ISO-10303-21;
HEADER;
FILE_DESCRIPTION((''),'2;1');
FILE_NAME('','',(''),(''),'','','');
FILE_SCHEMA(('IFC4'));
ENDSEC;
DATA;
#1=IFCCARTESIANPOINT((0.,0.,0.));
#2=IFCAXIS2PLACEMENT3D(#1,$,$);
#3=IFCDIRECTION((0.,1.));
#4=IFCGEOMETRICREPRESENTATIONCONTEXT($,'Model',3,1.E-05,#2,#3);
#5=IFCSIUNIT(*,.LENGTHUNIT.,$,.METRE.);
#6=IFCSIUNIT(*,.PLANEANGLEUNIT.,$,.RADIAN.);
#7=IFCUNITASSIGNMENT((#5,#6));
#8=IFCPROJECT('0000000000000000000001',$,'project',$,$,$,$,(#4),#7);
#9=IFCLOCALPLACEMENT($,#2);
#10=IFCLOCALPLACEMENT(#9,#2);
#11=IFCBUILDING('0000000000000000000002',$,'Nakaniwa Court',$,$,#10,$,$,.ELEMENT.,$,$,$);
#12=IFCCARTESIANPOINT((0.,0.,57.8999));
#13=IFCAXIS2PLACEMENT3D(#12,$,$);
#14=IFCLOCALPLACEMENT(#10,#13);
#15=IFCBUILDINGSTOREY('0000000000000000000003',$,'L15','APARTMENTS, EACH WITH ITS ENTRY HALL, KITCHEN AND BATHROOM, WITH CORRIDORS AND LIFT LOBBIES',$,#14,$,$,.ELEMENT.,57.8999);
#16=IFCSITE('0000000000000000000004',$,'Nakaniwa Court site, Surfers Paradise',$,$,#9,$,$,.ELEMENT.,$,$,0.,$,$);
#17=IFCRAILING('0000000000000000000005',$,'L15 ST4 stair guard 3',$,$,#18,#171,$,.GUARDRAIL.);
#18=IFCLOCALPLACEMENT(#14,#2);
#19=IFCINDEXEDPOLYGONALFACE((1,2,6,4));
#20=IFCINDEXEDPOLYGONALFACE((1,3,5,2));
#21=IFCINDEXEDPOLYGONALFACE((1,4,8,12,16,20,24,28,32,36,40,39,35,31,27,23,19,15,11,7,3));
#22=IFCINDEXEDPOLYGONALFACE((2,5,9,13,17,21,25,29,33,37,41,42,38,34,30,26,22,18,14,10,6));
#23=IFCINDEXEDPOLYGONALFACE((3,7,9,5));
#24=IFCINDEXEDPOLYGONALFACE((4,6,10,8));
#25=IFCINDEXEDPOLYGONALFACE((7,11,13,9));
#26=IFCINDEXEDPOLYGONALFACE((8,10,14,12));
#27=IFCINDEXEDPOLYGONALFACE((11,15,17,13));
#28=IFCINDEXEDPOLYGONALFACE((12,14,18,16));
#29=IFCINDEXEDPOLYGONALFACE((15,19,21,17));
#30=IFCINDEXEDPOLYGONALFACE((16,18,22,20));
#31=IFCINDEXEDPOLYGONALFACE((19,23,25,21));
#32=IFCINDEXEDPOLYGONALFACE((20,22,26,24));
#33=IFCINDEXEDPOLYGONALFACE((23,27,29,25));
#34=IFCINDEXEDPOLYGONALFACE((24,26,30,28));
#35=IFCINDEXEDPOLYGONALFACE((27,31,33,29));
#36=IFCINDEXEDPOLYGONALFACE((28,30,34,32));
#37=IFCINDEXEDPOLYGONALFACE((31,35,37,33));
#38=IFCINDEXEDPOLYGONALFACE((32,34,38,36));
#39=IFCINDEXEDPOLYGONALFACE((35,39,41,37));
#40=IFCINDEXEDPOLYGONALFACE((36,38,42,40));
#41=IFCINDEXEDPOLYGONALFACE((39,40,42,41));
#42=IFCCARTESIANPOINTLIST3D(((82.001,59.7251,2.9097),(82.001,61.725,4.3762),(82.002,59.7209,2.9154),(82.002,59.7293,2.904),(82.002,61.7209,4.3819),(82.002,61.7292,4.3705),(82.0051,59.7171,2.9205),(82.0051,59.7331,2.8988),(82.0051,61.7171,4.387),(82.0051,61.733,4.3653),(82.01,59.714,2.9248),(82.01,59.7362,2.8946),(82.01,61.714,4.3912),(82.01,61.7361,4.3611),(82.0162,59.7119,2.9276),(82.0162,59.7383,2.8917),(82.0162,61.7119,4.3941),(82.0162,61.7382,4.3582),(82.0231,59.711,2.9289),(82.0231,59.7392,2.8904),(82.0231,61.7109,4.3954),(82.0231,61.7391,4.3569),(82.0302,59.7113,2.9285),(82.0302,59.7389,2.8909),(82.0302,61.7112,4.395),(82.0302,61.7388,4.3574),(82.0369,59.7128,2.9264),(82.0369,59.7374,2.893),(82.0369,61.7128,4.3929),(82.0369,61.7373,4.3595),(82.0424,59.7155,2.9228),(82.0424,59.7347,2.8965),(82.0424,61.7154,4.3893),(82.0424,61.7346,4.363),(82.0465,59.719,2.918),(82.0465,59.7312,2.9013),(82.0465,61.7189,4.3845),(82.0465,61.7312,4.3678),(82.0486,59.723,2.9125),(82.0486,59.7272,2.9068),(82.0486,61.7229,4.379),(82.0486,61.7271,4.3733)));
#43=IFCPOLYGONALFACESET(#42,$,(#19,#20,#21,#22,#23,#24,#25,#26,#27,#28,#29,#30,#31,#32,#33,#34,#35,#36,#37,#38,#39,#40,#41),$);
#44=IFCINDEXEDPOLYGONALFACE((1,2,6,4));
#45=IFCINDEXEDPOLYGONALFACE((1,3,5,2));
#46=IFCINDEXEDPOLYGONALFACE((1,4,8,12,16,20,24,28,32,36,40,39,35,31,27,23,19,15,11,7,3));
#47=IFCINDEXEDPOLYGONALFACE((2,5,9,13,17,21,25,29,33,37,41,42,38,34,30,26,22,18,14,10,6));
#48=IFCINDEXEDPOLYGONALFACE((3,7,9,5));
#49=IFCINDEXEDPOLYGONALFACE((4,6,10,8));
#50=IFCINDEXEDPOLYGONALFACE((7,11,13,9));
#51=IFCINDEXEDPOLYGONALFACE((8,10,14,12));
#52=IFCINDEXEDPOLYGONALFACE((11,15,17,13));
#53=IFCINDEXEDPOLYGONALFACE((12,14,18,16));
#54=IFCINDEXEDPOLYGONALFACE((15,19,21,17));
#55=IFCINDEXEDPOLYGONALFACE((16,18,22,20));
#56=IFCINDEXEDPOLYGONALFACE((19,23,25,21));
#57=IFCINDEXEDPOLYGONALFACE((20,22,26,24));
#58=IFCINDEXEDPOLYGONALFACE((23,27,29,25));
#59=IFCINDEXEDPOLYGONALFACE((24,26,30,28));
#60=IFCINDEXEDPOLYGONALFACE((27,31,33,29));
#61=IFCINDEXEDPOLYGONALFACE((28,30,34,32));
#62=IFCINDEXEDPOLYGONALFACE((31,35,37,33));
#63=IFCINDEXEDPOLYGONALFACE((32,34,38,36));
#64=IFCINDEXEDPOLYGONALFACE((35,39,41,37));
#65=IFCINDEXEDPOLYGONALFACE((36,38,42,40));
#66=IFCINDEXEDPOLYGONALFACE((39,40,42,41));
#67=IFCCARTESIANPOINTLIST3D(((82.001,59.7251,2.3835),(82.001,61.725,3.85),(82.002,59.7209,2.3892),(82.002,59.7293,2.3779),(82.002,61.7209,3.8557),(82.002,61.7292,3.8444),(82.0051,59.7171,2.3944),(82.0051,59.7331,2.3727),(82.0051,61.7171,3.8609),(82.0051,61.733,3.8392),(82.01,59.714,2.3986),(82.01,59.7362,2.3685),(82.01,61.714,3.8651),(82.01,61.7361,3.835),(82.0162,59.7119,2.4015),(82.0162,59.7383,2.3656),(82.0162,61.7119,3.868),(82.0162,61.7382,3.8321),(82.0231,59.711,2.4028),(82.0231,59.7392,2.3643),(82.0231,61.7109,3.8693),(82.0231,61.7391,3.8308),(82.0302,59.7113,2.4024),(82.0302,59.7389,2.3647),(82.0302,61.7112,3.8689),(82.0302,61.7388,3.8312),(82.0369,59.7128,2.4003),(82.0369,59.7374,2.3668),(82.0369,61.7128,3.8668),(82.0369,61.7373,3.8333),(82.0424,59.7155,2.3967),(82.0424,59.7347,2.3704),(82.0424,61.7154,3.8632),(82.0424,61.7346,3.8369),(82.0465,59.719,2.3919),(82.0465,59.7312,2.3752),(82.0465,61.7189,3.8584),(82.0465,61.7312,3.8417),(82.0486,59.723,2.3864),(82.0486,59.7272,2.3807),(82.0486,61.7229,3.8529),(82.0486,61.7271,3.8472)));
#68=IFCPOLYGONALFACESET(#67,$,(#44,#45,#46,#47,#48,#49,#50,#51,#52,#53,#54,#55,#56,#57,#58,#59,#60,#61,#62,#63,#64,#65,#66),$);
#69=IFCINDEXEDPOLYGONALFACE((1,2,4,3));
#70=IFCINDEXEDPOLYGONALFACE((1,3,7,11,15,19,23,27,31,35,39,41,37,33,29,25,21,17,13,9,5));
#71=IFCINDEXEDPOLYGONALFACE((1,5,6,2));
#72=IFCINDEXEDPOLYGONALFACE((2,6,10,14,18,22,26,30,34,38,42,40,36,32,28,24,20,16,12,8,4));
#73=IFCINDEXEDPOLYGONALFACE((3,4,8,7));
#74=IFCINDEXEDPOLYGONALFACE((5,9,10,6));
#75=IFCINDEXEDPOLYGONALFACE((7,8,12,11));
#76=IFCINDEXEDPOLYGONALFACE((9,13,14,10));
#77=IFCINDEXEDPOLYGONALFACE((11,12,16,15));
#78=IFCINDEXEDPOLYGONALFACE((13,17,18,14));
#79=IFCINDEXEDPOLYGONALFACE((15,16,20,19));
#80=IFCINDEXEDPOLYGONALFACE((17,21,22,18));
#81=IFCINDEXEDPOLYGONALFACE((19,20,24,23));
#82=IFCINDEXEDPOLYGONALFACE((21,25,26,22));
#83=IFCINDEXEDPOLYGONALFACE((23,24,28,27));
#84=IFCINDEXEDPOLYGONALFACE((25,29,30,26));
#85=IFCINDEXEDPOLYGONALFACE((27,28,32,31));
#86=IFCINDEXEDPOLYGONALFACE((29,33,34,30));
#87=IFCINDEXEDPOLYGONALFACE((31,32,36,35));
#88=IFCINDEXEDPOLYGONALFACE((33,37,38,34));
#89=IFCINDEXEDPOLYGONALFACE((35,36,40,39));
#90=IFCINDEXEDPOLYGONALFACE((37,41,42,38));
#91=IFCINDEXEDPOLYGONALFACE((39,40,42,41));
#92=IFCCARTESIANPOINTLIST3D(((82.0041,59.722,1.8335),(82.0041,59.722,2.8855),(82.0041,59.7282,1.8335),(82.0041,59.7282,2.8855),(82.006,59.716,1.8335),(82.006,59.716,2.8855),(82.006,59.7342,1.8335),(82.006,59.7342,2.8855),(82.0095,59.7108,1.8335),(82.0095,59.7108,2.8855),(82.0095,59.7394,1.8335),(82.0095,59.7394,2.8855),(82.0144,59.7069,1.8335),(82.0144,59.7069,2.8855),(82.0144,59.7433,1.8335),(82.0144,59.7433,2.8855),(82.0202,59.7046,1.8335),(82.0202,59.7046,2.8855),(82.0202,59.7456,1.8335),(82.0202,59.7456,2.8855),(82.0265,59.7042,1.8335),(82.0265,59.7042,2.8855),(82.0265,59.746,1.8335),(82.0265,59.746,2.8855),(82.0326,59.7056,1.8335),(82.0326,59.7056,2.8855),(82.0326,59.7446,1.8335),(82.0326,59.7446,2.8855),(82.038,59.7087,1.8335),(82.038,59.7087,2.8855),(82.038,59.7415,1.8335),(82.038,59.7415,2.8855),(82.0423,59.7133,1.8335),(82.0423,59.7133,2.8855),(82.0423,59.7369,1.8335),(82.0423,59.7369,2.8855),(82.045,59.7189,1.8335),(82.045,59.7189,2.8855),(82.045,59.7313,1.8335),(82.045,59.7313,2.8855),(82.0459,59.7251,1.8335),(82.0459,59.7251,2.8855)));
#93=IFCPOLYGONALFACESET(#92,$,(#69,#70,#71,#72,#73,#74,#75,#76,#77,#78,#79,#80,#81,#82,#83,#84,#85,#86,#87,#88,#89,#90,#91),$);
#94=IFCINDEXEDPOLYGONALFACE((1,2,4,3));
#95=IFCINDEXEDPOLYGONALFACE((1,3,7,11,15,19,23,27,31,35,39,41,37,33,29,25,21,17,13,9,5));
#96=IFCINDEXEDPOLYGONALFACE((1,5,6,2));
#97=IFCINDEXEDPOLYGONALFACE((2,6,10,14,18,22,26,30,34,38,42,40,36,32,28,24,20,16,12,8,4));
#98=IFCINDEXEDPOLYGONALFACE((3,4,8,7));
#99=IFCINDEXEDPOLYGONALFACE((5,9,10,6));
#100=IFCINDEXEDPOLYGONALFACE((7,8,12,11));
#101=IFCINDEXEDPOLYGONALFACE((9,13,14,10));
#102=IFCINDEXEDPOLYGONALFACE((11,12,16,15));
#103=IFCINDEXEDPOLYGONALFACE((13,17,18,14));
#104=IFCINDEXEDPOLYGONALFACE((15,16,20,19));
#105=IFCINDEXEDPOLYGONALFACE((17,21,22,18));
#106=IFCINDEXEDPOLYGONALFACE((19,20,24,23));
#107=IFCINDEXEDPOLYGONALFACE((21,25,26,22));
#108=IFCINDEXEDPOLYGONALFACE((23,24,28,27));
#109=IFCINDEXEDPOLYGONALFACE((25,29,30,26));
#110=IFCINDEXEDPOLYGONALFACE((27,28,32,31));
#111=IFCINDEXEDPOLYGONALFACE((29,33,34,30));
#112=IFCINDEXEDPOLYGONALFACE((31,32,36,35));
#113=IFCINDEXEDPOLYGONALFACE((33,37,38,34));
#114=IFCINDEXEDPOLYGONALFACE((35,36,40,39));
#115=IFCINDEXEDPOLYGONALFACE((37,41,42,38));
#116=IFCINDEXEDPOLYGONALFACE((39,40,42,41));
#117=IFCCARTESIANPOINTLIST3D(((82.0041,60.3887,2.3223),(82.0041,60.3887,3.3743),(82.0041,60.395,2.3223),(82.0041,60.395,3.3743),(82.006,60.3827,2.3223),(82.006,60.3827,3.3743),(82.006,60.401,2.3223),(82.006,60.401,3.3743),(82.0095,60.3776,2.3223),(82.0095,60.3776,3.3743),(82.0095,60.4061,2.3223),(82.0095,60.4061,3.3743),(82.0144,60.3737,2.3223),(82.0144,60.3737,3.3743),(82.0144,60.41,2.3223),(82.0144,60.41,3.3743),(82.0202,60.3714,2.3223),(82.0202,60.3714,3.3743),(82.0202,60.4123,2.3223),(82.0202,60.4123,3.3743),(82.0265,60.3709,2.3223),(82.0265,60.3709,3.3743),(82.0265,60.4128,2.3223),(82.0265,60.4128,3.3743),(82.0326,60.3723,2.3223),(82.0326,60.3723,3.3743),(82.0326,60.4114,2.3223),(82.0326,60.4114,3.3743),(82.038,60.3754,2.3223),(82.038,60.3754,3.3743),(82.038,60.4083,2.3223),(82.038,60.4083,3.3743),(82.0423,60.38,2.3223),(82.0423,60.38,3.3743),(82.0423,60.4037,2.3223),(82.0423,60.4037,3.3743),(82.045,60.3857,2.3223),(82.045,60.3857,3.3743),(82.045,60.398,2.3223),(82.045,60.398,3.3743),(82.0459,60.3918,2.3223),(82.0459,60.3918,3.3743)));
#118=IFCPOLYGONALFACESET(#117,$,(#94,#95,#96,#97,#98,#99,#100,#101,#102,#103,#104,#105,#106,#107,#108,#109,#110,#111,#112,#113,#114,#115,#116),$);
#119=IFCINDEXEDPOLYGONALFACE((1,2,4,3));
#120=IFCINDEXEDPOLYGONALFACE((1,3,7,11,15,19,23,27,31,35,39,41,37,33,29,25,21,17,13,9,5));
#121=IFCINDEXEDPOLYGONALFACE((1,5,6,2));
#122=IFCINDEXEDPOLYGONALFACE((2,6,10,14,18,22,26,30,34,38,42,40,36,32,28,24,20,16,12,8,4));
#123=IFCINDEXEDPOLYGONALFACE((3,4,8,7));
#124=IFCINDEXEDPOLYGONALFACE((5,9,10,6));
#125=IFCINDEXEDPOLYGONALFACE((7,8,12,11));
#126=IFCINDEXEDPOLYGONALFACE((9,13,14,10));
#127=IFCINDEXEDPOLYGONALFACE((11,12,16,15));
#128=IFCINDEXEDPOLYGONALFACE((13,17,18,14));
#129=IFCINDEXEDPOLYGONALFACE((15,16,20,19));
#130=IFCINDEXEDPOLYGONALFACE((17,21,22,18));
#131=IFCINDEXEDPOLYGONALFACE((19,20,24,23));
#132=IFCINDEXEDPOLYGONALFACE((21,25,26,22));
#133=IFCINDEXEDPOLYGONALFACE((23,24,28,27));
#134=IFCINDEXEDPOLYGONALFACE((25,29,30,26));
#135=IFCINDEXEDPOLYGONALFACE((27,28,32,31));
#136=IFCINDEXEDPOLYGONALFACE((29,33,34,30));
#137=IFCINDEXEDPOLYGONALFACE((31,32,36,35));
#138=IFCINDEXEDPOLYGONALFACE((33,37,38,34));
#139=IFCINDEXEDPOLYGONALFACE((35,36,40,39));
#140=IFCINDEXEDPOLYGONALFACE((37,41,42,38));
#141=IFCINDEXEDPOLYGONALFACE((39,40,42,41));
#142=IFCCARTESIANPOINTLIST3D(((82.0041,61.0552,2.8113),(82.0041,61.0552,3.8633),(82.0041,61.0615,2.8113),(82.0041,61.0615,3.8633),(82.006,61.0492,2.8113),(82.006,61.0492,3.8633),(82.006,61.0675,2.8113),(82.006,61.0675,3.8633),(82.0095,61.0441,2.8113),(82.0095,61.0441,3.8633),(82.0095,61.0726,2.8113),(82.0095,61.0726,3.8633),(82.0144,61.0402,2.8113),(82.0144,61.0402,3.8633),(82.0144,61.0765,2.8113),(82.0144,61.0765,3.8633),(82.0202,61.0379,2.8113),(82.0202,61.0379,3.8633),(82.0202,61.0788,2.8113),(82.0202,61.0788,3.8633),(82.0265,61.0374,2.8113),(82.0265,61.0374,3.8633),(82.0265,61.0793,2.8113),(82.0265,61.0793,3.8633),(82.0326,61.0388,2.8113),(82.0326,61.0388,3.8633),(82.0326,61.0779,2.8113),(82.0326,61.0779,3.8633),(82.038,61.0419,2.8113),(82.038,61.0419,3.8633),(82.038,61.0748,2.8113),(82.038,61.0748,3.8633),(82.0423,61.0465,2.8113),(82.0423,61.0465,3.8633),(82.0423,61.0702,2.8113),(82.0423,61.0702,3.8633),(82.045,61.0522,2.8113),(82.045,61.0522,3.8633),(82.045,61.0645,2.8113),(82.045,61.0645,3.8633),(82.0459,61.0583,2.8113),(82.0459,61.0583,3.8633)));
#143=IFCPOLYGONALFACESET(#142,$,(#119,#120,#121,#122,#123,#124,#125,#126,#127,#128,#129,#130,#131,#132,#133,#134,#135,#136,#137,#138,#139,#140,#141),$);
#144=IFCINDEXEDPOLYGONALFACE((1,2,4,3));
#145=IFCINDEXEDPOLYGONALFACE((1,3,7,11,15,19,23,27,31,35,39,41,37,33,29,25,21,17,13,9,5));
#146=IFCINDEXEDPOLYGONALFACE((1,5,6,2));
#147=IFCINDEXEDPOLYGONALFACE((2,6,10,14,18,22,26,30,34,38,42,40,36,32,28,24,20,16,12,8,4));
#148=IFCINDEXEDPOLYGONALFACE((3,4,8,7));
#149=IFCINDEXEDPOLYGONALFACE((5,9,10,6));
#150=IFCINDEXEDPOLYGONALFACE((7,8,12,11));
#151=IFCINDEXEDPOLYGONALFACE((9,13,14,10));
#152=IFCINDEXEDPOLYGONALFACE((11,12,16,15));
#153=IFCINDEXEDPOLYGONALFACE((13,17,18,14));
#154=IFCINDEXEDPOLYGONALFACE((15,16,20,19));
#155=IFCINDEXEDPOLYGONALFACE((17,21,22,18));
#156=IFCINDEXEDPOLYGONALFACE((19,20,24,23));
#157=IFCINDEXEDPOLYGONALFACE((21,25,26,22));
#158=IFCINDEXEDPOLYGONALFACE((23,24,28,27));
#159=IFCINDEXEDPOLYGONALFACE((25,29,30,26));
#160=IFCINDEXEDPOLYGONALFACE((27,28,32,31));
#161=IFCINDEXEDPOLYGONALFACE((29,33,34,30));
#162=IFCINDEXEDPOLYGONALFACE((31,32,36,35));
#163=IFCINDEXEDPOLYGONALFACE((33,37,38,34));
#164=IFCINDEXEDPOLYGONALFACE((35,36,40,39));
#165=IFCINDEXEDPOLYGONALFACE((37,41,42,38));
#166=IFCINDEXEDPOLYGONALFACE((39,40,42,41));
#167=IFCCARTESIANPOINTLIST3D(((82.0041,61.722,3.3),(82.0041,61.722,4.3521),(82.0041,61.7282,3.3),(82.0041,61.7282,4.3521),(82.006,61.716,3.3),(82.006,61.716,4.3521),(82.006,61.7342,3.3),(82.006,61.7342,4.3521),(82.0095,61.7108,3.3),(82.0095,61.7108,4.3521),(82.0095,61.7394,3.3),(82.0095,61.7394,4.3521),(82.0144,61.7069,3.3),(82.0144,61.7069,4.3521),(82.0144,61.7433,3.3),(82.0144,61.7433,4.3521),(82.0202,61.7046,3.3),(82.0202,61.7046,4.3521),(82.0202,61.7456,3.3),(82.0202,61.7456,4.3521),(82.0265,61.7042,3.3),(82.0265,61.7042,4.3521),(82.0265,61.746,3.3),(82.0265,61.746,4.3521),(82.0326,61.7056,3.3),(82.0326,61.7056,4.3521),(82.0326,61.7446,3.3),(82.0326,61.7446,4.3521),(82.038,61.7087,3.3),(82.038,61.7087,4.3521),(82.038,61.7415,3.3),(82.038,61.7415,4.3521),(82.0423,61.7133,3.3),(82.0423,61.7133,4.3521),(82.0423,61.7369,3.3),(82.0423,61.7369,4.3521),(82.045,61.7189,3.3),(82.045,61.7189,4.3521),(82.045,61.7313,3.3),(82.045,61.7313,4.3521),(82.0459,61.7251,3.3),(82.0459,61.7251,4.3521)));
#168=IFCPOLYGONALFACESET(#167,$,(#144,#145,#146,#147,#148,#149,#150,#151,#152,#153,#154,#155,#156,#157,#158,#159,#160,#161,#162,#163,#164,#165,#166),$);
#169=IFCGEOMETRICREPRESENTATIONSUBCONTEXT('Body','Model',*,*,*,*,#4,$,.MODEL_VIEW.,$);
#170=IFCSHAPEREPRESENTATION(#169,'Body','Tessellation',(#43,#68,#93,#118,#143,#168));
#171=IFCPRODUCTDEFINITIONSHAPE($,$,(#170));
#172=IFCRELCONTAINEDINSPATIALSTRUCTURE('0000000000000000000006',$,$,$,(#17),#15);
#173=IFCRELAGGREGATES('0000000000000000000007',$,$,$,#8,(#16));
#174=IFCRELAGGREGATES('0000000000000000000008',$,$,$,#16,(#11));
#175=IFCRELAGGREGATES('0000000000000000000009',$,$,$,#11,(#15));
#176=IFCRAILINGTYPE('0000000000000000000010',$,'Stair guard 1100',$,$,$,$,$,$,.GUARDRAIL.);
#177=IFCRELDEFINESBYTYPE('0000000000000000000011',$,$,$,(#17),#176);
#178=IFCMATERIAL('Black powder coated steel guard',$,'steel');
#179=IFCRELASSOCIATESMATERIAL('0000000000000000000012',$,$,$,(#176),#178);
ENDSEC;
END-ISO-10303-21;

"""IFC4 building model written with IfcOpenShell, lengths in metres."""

from ifc_helpers import new_model, si_unit, direction, frame, origin, origin_2d, place, context, subcontext, project, spatial, circle, extrude, material, type_object, element, save


model = new_model("IFC4")

# Units and contexts
model_context = context("Model", 3, precision=1e-05, world=origin(), true_north=direction((0.0, 1.0)))
body_context = subcontext(model_context, "Body", "Model", "MODEL_VIEW")
ifc_project = project(units=[si_unit("LENGTHUNIT", "METRE"), si_unit("PLANEANGLEUNIT", "RADIAN")], contexts=[model_context])

# Site, building, storey
site_placement = place(None, origin())
site = spatial("IfcSite", under=ifc_project, at=site_placement, Name="Nakaniwa Court site, Surfers Paradise", CompositionType="ELEMENT", RefElevation=0.0)
building_placement = place(site_placement, origin())
building = spatial("IfcBuilding", under=site, at=building_placement, Name="Nakaniwa Court", CompositionType="ELEMENT")
storey_placement = place(building_placement, frame((0.0, 0.0, 57.8999)))
storey = spatial("IfcBuildingStorey", under=building, at=storey_placement, Name="L15", Description="APARTMENTS, EACH WITH ITS ENTRY HALL, KITCHEN AND BATHROOM, WITH CORRIDORS AND LIFT LOBBIES", CompositionType="ELEMENT", Elevation=57.8999)

# Railing
ifc_material_1 = material(Name="Black powder coated steel guard", Category="steel")
railing_type_1 = type_object("IfcRailingType", Name="Stair guard 1100", PredefinedType="GUARDRAIL", material=ifc_material_1)
railing_1_placement = place(storey_placement, frame((82.0249, 59.7251, 1.8335)))
element("IfcRailing", 1, at=railing_1_placement, inside=storey, type_object=railing_type_1, Name="L15 ST4 stair guard 3", PredefinedType="GUARDRAIL", context=body_context, shape_type="SweptSolid", body=[
    extrude(circle(Radius=0.0239, at=origin_2d()), frame((0.0, 0.0, 1.0762), z_axis=(0.0, 0.806427, 0.591334), x_axis=(-1.0, 0.0, 0.0)), (0.0, 0.0, 1.0), 2.48),
    extrude(circle(Radius=0.0239, at=origin_2d()), frame((0.0, 0.0, 0.55), z_axis=(0.0, 0.806427, 0.591334), x_axis=(-1.0, 0.0, 0.0)), (0.0, 0.0, 1.0), 2.48),
    extrude(circle(Radius=0.021, at=origin_2d()), origin(), (0.0, 0.0, 1.0), 1.052),
    extrude(circle(Radius=0.021, at=origin_2d()), frame((0.0, 0.6667, 0.4888)), (0.0, 0.0, 1.0), 1.052),
    extrude(circle(Radius=0.021, at=origin_2d()), frame((0.0, 1.3333, 0.9778)), (0.0, 0.0, 1.0), 1.052),
    extrude(circle(Radius=0.021, at=origin_2d()), frame((0.0, 2.0, 1.4666)), (0.0, 0.0, 1.0), 1.052),
])

save(model, "model.ifc")
